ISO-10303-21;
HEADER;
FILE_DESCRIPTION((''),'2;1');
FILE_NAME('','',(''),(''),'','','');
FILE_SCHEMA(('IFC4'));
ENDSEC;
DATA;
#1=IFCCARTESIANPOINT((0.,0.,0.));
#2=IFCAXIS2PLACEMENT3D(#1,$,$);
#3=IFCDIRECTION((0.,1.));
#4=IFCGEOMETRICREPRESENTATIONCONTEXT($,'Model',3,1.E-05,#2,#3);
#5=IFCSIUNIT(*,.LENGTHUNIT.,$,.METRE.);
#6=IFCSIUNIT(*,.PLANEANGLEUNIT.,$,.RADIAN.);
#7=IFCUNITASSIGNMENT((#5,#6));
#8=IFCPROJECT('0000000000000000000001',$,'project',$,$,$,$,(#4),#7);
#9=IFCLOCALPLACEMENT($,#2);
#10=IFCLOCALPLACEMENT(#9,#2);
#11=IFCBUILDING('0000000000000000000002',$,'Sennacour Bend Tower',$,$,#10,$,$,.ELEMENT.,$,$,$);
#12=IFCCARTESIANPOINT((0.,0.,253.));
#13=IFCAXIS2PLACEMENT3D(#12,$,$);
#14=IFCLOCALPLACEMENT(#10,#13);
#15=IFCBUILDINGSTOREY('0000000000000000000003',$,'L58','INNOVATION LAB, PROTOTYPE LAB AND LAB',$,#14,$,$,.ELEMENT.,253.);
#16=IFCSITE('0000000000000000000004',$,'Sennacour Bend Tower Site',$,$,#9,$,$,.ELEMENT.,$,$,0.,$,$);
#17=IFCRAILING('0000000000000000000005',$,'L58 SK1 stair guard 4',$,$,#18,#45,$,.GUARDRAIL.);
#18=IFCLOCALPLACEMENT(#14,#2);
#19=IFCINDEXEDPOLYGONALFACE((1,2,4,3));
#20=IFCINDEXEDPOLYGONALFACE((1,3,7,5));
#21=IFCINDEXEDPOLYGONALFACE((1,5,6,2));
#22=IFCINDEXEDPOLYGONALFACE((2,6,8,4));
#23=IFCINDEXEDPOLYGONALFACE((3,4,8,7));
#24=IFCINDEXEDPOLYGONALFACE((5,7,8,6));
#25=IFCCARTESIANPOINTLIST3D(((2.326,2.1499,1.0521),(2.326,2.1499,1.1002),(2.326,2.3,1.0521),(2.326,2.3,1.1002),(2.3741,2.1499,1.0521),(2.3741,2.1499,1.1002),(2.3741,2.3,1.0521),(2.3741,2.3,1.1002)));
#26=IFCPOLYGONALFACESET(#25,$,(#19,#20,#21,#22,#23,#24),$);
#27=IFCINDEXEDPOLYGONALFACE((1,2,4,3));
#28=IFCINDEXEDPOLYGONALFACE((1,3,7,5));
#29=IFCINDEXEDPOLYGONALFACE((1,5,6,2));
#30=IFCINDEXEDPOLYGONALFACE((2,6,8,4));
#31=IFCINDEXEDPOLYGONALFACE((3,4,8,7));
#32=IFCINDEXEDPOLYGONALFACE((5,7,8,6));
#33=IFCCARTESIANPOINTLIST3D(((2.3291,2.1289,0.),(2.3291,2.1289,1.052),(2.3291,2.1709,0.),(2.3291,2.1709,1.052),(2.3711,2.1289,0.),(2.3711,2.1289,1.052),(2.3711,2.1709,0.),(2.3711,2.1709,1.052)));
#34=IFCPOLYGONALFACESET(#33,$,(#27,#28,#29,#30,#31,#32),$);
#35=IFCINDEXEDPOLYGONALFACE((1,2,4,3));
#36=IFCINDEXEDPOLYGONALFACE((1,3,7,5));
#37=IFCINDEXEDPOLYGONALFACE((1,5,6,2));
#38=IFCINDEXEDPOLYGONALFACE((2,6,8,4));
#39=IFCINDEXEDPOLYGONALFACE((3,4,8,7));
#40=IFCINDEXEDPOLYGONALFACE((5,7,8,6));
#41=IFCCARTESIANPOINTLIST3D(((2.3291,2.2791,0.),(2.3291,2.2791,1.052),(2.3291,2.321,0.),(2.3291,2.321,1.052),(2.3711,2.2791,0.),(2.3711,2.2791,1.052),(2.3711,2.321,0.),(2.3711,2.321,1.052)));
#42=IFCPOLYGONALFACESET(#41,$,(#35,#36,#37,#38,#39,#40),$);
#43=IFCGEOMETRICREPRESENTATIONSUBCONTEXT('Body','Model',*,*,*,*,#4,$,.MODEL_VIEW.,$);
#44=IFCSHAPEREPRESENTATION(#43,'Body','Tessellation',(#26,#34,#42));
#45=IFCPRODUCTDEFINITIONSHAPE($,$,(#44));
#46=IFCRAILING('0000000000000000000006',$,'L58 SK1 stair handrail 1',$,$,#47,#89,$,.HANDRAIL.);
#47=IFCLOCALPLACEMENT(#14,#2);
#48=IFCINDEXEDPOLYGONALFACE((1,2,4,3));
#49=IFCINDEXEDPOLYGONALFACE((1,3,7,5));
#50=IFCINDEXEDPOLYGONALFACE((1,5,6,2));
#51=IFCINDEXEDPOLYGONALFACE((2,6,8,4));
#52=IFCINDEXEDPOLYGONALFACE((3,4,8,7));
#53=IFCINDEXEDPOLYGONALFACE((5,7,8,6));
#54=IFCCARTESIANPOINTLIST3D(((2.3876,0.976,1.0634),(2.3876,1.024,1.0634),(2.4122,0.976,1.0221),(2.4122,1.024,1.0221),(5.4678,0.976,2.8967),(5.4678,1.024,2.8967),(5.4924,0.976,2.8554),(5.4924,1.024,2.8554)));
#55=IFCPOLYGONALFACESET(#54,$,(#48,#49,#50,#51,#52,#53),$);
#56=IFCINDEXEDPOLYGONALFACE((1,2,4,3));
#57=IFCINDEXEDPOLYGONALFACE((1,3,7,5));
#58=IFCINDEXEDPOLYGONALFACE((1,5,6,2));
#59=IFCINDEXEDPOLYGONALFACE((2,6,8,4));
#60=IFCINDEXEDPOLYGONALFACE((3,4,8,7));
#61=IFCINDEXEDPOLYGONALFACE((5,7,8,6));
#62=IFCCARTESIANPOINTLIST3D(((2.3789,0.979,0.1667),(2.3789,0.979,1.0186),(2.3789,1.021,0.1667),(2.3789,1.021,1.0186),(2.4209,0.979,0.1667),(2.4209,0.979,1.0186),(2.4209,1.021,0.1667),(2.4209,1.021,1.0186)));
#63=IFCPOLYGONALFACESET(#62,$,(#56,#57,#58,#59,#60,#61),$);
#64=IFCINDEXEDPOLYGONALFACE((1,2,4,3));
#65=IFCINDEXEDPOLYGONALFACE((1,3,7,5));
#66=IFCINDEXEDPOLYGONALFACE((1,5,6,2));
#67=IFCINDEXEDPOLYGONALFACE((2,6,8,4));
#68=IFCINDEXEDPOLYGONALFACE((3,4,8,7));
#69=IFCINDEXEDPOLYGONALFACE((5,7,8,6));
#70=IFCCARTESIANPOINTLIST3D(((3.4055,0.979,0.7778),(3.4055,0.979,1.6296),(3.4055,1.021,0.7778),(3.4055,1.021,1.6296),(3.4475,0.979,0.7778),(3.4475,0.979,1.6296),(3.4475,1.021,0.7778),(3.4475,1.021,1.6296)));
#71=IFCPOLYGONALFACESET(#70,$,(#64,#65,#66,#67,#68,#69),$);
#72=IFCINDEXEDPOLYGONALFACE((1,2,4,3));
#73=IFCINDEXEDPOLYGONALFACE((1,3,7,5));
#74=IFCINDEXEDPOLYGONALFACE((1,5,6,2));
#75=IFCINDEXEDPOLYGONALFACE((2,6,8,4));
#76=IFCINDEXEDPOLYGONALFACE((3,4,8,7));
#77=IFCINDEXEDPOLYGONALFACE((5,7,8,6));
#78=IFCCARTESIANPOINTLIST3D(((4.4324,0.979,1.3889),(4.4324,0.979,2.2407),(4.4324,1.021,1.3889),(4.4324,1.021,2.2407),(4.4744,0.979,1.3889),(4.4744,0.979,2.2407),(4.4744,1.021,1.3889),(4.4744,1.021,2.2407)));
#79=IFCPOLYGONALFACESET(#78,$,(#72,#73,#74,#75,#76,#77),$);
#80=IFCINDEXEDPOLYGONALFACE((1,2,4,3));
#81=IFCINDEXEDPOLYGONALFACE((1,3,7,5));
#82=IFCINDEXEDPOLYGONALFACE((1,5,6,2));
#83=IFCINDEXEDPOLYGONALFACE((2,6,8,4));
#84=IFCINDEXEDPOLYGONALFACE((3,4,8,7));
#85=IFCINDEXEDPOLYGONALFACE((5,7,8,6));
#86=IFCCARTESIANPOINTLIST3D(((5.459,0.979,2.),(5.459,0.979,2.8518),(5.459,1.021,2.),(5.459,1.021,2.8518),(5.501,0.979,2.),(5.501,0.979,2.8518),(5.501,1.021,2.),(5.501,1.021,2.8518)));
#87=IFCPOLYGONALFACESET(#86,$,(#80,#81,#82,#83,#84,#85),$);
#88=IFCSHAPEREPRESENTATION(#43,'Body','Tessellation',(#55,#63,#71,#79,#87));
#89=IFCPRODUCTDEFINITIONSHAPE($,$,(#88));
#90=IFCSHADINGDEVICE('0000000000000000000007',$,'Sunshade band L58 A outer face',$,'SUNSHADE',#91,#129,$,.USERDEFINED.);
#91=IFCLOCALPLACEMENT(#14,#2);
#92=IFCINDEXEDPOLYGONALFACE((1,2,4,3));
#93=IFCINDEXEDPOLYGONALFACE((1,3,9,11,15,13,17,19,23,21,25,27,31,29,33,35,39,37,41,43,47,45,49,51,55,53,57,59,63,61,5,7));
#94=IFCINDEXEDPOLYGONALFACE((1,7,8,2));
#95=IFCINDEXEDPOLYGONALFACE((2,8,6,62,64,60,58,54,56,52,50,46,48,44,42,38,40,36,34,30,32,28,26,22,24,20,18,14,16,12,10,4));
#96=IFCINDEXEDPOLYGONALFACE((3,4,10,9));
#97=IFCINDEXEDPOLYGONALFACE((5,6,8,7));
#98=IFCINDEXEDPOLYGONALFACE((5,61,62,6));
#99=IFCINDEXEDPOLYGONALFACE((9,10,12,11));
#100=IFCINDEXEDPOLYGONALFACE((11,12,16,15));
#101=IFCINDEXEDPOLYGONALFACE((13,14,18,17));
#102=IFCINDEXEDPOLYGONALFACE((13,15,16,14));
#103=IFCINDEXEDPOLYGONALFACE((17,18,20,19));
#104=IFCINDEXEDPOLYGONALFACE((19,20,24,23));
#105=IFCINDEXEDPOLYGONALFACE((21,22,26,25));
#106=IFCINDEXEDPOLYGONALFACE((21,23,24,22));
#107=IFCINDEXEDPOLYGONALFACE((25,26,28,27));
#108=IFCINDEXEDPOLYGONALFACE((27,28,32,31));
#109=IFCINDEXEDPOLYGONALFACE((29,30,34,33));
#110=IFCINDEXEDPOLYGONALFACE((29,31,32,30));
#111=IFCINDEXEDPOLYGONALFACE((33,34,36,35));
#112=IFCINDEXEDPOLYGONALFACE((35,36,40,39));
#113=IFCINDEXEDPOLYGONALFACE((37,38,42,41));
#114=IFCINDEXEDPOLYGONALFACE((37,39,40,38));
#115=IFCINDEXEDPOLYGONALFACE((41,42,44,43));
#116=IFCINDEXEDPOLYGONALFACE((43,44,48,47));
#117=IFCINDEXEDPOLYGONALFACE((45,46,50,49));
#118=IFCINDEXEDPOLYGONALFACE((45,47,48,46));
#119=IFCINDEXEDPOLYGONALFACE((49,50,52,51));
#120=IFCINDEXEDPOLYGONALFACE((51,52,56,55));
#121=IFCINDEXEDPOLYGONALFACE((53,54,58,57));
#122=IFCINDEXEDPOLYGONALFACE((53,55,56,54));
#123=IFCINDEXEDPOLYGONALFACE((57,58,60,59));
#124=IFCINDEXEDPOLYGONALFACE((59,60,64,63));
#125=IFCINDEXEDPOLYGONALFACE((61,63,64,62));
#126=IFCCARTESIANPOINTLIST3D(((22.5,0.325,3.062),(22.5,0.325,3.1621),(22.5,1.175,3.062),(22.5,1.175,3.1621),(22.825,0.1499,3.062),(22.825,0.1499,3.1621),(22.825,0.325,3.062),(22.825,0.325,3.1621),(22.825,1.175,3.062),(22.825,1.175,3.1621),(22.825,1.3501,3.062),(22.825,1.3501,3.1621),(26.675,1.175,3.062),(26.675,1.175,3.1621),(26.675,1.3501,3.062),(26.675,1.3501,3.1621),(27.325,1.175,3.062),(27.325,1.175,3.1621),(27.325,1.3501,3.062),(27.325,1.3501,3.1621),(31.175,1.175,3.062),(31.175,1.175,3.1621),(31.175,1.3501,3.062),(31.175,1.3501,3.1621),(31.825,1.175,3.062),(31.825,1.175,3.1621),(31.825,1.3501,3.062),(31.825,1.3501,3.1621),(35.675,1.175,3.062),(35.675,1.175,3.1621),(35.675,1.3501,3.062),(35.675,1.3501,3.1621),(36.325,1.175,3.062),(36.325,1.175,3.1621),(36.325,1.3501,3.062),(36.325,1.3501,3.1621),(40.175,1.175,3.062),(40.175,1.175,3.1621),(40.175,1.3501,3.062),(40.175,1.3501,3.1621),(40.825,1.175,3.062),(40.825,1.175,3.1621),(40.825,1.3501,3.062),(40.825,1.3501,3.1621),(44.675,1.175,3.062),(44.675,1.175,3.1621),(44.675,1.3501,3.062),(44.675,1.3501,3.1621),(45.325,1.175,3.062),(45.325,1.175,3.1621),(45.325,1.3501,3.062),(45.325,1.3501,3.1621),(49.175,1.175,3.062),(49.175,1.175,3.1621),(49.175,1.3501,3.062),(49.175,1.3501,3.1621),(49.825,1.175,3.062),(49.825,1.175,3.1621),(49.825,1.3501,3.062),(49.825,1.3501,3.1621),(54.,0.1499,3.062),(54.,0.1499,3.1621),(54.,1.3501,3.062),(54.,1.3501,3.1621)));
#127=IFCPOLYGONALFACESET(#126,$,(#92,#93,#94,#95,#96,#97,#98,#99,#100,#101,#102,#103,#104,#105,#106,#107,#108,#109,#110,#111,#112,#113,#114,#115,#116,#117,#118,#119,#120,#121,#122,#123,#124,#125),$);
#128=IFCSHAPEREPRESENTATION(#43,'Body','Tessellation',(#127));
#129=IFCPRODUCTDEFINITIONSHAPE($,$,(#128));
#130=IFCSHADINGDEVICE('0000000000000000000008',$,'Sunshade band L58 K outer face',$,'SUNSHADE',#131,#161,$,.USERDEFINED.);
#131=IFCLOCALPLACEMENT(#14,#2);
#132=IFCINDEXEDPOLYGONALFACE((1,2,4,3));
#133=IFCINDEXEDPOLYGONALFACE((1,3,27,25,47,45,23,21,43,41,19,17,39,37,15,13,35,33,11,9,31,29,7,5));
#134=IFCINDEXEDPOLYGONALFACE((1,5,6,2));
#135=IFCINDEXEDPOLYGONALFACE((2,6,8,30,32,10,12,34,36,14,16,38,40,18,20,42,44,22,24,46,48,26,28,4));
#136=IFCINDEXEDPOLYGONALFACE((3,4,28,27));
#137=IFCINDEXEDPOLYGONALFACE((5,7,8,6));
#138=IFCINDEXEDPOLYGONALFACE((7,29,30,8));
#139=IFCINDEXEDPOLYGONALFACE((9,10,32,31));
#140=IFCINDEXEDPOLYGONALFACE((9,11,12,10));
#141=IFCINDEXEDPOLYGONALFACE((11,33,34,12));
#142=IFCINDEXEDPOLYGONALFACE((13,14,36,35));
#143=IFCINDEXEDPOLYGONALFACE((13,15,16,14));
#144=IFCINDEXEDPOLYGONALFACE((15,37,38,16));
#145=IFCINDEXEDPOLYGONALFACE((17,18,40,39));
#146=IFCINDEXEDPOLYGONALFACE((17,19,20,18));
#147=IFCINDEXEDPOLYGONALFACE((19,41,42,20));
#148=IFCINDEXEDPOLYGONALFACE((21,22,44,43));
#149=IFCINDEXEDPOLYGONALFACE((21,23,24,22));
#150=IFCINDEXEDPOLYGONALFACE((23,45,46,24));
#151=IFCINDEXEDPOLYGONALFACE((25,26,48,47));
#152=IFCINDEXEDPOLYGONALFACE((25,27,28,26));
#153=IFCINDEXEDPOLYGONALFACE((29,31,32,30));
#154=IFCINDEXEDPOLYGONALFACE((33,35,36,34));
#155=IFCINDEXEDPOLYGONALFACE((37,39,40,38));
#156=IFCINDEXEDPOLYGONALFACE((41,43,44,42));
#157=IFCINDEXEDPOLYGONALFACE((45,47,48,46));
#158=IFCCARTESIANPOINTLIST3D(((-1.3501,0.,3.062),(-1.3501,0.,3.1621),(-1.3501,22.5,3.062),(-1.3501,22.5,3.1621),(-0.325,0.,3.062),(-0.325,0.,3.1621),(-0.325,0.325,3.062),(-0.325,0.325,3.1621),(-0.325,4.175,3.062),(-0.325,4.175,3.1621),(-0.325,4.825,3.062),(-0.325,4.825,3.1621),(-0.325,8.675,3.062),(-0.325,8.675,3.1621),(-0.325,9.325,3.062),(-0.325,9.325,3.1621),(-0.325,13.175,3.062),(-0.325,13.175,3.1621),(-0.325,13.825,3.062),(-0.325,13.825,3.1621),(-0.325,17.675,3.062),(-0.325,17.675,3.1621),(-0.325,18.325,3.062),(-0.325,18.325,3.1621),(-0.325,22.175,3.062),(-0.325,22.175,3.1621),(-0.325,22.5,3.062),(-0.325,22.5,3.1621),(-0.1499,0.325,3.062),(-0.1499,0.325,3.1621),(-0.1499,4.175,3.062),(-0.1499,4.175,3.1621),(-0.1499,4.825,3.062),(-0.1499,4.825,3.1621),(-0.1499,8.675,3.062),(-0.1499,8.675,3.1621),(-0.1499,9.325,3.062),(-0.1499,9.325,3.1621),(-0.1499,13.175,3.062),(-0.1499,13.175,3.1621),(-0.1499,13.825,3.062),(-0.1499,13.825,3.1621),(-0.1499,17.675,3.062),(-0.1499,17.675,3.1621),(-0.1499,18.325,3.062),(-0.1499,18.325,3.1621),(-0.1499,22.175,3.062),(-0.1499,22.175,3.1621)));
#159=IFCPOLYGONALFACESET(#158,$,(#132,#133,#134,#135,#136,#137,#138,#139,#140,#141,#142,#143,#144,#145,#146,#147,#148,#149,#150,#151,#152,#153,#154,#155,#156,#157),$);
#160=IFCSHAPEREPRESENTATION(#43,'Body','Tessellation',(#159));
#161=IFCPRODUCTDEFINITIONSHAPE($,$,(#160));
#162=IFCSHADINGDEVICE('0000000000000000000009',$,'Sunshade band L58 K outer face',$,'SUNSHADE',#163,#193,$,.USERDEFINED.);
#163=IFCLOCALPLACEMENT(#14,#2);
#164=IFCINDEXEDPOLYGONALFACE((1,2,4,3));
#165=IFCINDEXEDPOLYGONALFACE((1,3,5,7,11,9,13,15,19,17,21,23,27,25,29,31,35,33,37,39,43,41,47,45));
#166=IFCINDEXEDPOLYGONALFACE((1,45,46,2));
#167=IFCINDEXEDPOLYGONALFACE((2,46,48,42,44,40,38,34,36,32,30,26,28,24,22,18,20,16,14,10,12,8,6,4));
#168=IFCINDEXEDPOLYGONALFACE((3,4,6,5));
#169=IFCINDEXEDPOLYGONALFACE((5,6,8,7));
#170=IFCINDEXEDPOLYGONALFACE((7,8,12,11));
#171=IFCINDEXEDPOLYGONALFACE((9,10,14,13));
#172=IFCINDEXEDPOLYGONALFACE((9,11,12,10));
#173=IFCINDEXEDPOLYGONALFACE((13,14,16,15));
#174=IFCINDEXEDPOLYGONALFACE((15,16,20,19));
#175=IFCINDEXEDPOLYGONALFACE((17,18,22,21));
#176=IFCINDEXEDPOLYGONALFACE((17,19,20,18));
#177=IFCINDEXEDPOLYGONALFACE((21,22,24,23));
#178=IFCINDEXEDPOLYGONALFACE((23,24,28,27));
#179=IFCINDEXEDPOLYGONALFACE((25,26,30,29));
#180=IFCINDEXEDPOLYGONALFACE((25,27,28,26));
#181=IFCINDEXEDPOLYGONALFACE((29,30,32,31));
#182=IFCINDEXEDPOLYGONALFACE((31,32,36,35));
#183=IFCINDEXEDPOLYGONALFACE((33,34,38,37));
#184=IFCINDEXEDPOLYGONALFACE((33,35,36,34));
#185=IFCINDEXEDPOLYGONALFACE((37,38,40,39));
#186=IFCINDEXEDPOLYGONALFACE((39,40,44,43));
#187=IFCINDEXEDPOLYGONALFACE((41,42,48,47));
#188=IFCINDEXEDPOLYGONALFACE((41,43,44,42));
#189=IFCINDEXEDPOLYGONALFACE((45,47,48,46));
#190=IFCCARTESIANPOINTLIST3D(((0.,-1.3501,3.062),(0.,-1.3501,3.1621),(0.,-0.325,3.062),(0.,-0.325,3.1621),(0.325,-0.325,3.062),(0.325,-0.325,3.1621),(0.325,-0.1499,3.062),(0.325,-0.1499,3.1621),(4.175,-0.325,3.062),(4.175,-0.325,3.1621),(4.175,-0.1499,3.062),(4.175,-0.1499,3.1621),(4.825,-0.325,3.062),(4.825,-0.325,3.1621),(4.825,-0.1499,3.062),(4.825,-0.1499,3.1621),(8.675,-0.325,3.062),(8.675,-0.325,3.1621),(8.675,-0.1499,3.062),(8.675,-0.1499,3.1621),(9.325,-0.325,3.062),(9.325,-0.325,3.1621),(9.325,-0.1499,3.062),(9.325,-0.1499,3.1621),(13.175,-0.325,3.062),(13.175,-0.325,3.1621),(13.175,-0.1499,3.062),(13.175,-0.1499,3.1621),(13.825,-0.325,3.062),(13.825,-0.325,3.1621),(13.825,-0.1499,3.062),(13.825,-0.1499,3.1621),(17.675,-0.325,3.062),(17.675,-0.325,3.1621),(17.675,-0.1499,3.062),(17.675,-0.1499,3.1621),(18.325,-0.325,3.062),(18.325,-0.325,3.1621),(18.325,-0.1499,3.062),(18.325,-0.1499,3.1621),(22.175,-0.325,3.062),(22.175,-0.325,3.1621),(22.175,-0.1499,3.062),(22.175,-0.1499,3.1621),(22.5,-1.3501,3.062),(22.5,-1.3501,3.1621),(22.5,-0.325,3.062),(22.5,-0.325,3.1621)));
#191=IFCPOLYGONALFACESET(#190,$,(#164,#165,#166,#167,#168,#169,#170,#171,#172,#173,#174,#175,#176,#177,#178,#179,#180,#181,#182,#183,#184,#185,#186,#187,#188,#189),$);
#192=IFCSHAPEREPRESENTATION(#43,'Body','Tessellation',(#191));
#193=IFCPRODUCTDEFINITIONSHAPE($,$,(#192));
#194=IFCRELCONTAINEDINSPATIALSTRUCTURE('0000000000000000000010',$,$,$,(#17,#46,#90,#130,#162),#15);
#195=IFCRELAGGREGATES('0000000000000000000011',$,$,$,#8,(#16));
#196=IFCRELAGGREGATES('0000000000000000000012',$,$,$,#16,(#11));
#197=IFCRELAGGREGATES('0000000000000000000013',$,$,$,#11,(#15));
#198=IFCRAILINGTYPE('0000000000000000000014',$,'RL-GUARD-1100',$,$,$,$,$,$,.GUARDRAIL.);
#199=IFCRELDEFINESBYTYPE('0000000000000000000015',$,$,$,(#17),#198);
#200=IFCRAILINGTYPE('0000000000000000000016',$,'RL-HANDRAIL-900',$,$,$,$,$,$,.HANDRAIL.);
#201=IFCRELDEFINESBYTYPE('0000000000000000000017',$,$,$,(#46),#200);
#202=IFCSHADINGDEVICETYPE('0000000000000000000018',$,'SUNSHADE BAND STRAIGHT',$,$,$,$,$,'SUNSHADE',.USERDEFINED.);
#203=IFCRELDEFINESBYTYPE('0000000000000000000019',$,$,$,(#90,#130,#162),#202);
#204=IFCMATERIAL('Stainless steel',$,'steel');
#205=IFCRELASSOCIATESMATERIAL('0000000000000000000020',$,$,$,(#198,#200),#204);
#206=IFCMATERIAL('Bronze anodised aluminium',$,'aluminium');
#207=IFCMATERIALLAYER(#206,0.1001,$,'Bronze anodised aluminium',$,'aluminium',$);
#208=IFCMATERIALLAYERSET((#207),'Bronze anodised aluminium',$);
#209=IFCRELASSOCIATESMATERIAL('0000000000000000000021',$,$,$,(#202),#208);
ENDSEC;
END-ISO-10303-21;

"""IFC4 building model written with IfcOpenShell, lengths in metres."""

from ifc_helpers import new_model, si_unit, direction, frame, origin, origin_2d, place, context, subcontext, project, spatial, polyline, rectangle, outline, extrude, material, layer, layer_set, type_object, element, save


model = new_model("IFC4")

# Units and contexts
model_context = context("Model", 3, precision=1e-05, world=origin(), true_north=direction((0.0, 1.0)))
body_context = subcontext(model_context, "Body", "Model", "MODEL_VIEW")
ifc_project = project(units=[si_unit("LENGTHUNIT", "METRE"), si_unit("PLANEANGLEUNIT", "RADIAN")], contexts=[model_context])

# Site, building, storey
site_placement = place(None, origin())
site = spatial("IfcSite", under=ifc_project, at=site_placement, Name="Sennacour Bend Tower Site", CompositionType="ELEMENT", RefElevation=0.0)
building_placement = place(site_placement, origin())
building = spatial("IfcBuilding", under=site, at=building_placement, Name="Sennacour Bend Tower", CompositionType="ELEMENT")
storey_placement = place(building_placement, frame((0.0, 0.0, 253.0)))
storey = spatial("IfcBuildingStorey", under=building, at=storey_placement, Name="L58", Description="INNOVATION LAB, PROTOTYPE LAB AND LAB", CompositionType="ELEMENT", Elevation=253.0)

# Railings
ifc_material_1 = material(Name="Stainless steel", Category="steel")
railing_type_1 = type_object("IfcRailingType", Name="RL-GUARD-1100", PredefinedType="GUARDRAIL", material=ifc_material_1)
railing_1_placement = place(storey_placement, frame((2.3501, 2.1499, 0.0)))
element("IfcRailing", 1, at=railing_1_placement, inside=storey, type_object=railing_type_1, Name="L58 SK1 stair guard 4", PredefinedType="GUARDRAIL", context=body_context, shape_type="SweptSolid", body=[
    extrude(rectangle(XDim=0.0481, YDim=0.0481, at=origin_2d()), frame((0.0, 0.0, 1.0762), z_axis=(0.0, 1.0, 0.0), x_axis=(-1.0, 0.0, 0.0)), (0.0, 0.0, 1.0), 0.1501),
    extrude(rectangle(XDim=0.042, YDim=0.042, at=origin_2d()), origin(), (0.0, 0.0, 1.0), 1.052),
    extrude(rectangle(XDim=0.042, YDim=0.042, at=origin_2d()), frame((0.0, 0.1501, 0.0)), (0.0, 0.0, 1.0), 1.052),
])
railing_type_2 = type_object("IfcRailingType", Name="RL-HANDRAIL-900", PredefinedType="HANDRAIL", material=ifc_material_1)
railing_2_placement = place(storey_placement, frame((2.3999, 1.0, 0.1667)))
element("IfcRailing", 2, at=railing_2_placement, inside=storey, type_object=railing_type_2, Name="L58 SK1 stair handrail 1", PredefinedType="HANDRAIL", context=body_context, shape_type="SweptSolid", body=[
    extrude(rectangle(XDim=0.0481, YDim=0.0481, at=origin_2d()), frame((0.0, 0.0, 0.876), z_axis=(0.859309, 0.0, 0.511458), x_axis=(0.0, 1.0, 0.0)), (0.0, 0.0, 1.0), 3.5845),
    extrude(rectangle(XDim=0.042, YDim=0.042, at=origin_2d()), origin(), (0.0, 0.0, 1.0), 0.8518),
    extrude(rectangle(XDim=0.042, YDim=0.042, at=origin_2d()), frame((1.0266, 0.0, 0.6111)), (0.0, 0.0, 1.0), 0.8518),
    extrude(rectangle(XDim=0.042, YDim=0.042, at=origin_2d()), frame((2.0535, 0.0, 1.2222)), (0.0, 0.0, 1.0), 0.8518),
    extrude(rectangle(XDim=0.042, YDim=0.042, at=origin_2d()), frame((3.0801, 0.0, 1.8333)), (0.0, 0.0, 1.0), 0.8518),
])

# Shading devices
ifc_material_2 = material(Name="Bronze anodised aluminium", Category="aluminium")
ifc_layer_1 = layer(ifc_material_2, 0.1001, Name="Bronze anodised aluminium", Category="aluminium")
ifc_layer_set_1 = layer_set([ifc_layer_1], Name="Bronze anodised aluminium")
shading_device_type_1 = type_object("IfcShadingDeviceType", Name="SUNSHADE BAND STRAIGHT", ElementType="SUNSHADE", PredefinedType="USERDEFINED", material=ifc_layer_set_1)
shading_device_1_placement = place(storey_placement, frame((0.0, 0.0, 3.062)))
element("IfcShadingDevice", 3, at=shading_device_1_placement, inside=storey, type_object=shading_device_type_1, Name="Sunshade band L58 A outer face", ObjectType="SUNSHADE", PredefinedType="USERDEFINED", context=body_context, shape_type="SweptSolid", body=[
    extrude(outline(polyline([(26.675, 1.3501), (26.675, 1.175), (27.325, 1.175), (27.325, 1.3501), (31.175, 1.3501), (31.175, 1.175), (31.825, 1.175), (31.825, 1.3501), (35.675, 1.3501), (35.675, 1.175), (36.325, 1.175), (36.325, 1.3501), (40.175, 1.3501), (40.175, 1.175), (40.825, 1.175), (40.825, 1.3501), (44.675, 1.3501), (44.675, 1.175), (45.325, 1.175), (45.325, 1.3501), (49.175, 1.3501), (49.175, 1.175), (49.825, 1.175), (49.825, 1.3501), (54.0, 1.3501), (54.0, 0.1499), (22.825, 0.1499), (22.825, 0.325), (22.5, 0.325), (22.5, 1.175), (22.825, 1.175), (22.825, 1.3501), (26.675, 1.3501)])), origin(), (0.0, 0.0, 1.0), 0.1001),
])
shading_device_2_placement = place(storey_placement, frame((0.0, 0.0, 3.062)))
element("IfcShadingDevice", 4, at=shading_device_2_placement, inside=storey, type_object=shading_device_type_1, Name="Sunshade band L58 K outer face", ObjectType="SUNSHADE", PredefinedType="USERDEFINED", context=body_context, shape_type="SweptSolid", body=[
    extrude(outline(polyline([(-0.1499, 18.325), (-0.325, 18.325), (-0.325, 17.675), (-0.1499, 17.675), (-0.1499, 13.825), (-0.325, 13.825), (-0.325, 13.175), (-0.1499, 13.175), (-0.1499, 9.325), (-0.325, 9.325), (-0.325, 8.675), (-0.1499, 8.675), (-0.1499, 4.825), (-0.325, 4.825), (-0.325, 4.175), (-0.1499, 4.175), (-0.1499, 0.325), (-0.325, 0.325), (-0.325, 0.0), (-1.3501, 0.0), (-1.3501, 22.5), (-0.325, 22.5), (-0.325, 22.175), (-0.1499, 22.175), (-0.1499, 18.325)])), origin(), (0.0, 0.0, 1.0), 0.1001),
])
shading_device_3_placement = place(storey_placement, frame((0.0, 0.0, 3.062)))
element("IfcShadingDevice", 5, at=shading_device_3_placement, inside=storey, type_object=shading_device_type_1, Name="Sunshade band L58 K outer face", ObjectType="SUNSHADE", PredefinedType="USERDEFINED", context=body_context, shape_type="SweptSolid", body=[
    extrude(outline(polyline([(4.175, -0.1499), (4.175, -0.325), (4.825, -0.325), (4.825, -0.1499), (8.675, -0.1499), (8.675, -0.325), (9.325, -0.325), (9.325, -0.1499), (13.175, -0.1499), (13.175, -0.325), (13.825, -0.325), (13.825, -0.1499), (17.675, -0.1499), (17.675, -0.325), (18.325, -0.325), (18.325, -0.1499), (22.175, -0.1499), (22.175, -0.325), (22.5, -0.325), (22.5, -1.3501), (0.0, -1.3501), (0.0, -0.325), (0.325, -0.325), (0.325, -0.1499), (4.175, -0.1499)])), origin(), (0.0, 0.0, 1.0), 0.1001),
])

save(model, "model.ifc")
